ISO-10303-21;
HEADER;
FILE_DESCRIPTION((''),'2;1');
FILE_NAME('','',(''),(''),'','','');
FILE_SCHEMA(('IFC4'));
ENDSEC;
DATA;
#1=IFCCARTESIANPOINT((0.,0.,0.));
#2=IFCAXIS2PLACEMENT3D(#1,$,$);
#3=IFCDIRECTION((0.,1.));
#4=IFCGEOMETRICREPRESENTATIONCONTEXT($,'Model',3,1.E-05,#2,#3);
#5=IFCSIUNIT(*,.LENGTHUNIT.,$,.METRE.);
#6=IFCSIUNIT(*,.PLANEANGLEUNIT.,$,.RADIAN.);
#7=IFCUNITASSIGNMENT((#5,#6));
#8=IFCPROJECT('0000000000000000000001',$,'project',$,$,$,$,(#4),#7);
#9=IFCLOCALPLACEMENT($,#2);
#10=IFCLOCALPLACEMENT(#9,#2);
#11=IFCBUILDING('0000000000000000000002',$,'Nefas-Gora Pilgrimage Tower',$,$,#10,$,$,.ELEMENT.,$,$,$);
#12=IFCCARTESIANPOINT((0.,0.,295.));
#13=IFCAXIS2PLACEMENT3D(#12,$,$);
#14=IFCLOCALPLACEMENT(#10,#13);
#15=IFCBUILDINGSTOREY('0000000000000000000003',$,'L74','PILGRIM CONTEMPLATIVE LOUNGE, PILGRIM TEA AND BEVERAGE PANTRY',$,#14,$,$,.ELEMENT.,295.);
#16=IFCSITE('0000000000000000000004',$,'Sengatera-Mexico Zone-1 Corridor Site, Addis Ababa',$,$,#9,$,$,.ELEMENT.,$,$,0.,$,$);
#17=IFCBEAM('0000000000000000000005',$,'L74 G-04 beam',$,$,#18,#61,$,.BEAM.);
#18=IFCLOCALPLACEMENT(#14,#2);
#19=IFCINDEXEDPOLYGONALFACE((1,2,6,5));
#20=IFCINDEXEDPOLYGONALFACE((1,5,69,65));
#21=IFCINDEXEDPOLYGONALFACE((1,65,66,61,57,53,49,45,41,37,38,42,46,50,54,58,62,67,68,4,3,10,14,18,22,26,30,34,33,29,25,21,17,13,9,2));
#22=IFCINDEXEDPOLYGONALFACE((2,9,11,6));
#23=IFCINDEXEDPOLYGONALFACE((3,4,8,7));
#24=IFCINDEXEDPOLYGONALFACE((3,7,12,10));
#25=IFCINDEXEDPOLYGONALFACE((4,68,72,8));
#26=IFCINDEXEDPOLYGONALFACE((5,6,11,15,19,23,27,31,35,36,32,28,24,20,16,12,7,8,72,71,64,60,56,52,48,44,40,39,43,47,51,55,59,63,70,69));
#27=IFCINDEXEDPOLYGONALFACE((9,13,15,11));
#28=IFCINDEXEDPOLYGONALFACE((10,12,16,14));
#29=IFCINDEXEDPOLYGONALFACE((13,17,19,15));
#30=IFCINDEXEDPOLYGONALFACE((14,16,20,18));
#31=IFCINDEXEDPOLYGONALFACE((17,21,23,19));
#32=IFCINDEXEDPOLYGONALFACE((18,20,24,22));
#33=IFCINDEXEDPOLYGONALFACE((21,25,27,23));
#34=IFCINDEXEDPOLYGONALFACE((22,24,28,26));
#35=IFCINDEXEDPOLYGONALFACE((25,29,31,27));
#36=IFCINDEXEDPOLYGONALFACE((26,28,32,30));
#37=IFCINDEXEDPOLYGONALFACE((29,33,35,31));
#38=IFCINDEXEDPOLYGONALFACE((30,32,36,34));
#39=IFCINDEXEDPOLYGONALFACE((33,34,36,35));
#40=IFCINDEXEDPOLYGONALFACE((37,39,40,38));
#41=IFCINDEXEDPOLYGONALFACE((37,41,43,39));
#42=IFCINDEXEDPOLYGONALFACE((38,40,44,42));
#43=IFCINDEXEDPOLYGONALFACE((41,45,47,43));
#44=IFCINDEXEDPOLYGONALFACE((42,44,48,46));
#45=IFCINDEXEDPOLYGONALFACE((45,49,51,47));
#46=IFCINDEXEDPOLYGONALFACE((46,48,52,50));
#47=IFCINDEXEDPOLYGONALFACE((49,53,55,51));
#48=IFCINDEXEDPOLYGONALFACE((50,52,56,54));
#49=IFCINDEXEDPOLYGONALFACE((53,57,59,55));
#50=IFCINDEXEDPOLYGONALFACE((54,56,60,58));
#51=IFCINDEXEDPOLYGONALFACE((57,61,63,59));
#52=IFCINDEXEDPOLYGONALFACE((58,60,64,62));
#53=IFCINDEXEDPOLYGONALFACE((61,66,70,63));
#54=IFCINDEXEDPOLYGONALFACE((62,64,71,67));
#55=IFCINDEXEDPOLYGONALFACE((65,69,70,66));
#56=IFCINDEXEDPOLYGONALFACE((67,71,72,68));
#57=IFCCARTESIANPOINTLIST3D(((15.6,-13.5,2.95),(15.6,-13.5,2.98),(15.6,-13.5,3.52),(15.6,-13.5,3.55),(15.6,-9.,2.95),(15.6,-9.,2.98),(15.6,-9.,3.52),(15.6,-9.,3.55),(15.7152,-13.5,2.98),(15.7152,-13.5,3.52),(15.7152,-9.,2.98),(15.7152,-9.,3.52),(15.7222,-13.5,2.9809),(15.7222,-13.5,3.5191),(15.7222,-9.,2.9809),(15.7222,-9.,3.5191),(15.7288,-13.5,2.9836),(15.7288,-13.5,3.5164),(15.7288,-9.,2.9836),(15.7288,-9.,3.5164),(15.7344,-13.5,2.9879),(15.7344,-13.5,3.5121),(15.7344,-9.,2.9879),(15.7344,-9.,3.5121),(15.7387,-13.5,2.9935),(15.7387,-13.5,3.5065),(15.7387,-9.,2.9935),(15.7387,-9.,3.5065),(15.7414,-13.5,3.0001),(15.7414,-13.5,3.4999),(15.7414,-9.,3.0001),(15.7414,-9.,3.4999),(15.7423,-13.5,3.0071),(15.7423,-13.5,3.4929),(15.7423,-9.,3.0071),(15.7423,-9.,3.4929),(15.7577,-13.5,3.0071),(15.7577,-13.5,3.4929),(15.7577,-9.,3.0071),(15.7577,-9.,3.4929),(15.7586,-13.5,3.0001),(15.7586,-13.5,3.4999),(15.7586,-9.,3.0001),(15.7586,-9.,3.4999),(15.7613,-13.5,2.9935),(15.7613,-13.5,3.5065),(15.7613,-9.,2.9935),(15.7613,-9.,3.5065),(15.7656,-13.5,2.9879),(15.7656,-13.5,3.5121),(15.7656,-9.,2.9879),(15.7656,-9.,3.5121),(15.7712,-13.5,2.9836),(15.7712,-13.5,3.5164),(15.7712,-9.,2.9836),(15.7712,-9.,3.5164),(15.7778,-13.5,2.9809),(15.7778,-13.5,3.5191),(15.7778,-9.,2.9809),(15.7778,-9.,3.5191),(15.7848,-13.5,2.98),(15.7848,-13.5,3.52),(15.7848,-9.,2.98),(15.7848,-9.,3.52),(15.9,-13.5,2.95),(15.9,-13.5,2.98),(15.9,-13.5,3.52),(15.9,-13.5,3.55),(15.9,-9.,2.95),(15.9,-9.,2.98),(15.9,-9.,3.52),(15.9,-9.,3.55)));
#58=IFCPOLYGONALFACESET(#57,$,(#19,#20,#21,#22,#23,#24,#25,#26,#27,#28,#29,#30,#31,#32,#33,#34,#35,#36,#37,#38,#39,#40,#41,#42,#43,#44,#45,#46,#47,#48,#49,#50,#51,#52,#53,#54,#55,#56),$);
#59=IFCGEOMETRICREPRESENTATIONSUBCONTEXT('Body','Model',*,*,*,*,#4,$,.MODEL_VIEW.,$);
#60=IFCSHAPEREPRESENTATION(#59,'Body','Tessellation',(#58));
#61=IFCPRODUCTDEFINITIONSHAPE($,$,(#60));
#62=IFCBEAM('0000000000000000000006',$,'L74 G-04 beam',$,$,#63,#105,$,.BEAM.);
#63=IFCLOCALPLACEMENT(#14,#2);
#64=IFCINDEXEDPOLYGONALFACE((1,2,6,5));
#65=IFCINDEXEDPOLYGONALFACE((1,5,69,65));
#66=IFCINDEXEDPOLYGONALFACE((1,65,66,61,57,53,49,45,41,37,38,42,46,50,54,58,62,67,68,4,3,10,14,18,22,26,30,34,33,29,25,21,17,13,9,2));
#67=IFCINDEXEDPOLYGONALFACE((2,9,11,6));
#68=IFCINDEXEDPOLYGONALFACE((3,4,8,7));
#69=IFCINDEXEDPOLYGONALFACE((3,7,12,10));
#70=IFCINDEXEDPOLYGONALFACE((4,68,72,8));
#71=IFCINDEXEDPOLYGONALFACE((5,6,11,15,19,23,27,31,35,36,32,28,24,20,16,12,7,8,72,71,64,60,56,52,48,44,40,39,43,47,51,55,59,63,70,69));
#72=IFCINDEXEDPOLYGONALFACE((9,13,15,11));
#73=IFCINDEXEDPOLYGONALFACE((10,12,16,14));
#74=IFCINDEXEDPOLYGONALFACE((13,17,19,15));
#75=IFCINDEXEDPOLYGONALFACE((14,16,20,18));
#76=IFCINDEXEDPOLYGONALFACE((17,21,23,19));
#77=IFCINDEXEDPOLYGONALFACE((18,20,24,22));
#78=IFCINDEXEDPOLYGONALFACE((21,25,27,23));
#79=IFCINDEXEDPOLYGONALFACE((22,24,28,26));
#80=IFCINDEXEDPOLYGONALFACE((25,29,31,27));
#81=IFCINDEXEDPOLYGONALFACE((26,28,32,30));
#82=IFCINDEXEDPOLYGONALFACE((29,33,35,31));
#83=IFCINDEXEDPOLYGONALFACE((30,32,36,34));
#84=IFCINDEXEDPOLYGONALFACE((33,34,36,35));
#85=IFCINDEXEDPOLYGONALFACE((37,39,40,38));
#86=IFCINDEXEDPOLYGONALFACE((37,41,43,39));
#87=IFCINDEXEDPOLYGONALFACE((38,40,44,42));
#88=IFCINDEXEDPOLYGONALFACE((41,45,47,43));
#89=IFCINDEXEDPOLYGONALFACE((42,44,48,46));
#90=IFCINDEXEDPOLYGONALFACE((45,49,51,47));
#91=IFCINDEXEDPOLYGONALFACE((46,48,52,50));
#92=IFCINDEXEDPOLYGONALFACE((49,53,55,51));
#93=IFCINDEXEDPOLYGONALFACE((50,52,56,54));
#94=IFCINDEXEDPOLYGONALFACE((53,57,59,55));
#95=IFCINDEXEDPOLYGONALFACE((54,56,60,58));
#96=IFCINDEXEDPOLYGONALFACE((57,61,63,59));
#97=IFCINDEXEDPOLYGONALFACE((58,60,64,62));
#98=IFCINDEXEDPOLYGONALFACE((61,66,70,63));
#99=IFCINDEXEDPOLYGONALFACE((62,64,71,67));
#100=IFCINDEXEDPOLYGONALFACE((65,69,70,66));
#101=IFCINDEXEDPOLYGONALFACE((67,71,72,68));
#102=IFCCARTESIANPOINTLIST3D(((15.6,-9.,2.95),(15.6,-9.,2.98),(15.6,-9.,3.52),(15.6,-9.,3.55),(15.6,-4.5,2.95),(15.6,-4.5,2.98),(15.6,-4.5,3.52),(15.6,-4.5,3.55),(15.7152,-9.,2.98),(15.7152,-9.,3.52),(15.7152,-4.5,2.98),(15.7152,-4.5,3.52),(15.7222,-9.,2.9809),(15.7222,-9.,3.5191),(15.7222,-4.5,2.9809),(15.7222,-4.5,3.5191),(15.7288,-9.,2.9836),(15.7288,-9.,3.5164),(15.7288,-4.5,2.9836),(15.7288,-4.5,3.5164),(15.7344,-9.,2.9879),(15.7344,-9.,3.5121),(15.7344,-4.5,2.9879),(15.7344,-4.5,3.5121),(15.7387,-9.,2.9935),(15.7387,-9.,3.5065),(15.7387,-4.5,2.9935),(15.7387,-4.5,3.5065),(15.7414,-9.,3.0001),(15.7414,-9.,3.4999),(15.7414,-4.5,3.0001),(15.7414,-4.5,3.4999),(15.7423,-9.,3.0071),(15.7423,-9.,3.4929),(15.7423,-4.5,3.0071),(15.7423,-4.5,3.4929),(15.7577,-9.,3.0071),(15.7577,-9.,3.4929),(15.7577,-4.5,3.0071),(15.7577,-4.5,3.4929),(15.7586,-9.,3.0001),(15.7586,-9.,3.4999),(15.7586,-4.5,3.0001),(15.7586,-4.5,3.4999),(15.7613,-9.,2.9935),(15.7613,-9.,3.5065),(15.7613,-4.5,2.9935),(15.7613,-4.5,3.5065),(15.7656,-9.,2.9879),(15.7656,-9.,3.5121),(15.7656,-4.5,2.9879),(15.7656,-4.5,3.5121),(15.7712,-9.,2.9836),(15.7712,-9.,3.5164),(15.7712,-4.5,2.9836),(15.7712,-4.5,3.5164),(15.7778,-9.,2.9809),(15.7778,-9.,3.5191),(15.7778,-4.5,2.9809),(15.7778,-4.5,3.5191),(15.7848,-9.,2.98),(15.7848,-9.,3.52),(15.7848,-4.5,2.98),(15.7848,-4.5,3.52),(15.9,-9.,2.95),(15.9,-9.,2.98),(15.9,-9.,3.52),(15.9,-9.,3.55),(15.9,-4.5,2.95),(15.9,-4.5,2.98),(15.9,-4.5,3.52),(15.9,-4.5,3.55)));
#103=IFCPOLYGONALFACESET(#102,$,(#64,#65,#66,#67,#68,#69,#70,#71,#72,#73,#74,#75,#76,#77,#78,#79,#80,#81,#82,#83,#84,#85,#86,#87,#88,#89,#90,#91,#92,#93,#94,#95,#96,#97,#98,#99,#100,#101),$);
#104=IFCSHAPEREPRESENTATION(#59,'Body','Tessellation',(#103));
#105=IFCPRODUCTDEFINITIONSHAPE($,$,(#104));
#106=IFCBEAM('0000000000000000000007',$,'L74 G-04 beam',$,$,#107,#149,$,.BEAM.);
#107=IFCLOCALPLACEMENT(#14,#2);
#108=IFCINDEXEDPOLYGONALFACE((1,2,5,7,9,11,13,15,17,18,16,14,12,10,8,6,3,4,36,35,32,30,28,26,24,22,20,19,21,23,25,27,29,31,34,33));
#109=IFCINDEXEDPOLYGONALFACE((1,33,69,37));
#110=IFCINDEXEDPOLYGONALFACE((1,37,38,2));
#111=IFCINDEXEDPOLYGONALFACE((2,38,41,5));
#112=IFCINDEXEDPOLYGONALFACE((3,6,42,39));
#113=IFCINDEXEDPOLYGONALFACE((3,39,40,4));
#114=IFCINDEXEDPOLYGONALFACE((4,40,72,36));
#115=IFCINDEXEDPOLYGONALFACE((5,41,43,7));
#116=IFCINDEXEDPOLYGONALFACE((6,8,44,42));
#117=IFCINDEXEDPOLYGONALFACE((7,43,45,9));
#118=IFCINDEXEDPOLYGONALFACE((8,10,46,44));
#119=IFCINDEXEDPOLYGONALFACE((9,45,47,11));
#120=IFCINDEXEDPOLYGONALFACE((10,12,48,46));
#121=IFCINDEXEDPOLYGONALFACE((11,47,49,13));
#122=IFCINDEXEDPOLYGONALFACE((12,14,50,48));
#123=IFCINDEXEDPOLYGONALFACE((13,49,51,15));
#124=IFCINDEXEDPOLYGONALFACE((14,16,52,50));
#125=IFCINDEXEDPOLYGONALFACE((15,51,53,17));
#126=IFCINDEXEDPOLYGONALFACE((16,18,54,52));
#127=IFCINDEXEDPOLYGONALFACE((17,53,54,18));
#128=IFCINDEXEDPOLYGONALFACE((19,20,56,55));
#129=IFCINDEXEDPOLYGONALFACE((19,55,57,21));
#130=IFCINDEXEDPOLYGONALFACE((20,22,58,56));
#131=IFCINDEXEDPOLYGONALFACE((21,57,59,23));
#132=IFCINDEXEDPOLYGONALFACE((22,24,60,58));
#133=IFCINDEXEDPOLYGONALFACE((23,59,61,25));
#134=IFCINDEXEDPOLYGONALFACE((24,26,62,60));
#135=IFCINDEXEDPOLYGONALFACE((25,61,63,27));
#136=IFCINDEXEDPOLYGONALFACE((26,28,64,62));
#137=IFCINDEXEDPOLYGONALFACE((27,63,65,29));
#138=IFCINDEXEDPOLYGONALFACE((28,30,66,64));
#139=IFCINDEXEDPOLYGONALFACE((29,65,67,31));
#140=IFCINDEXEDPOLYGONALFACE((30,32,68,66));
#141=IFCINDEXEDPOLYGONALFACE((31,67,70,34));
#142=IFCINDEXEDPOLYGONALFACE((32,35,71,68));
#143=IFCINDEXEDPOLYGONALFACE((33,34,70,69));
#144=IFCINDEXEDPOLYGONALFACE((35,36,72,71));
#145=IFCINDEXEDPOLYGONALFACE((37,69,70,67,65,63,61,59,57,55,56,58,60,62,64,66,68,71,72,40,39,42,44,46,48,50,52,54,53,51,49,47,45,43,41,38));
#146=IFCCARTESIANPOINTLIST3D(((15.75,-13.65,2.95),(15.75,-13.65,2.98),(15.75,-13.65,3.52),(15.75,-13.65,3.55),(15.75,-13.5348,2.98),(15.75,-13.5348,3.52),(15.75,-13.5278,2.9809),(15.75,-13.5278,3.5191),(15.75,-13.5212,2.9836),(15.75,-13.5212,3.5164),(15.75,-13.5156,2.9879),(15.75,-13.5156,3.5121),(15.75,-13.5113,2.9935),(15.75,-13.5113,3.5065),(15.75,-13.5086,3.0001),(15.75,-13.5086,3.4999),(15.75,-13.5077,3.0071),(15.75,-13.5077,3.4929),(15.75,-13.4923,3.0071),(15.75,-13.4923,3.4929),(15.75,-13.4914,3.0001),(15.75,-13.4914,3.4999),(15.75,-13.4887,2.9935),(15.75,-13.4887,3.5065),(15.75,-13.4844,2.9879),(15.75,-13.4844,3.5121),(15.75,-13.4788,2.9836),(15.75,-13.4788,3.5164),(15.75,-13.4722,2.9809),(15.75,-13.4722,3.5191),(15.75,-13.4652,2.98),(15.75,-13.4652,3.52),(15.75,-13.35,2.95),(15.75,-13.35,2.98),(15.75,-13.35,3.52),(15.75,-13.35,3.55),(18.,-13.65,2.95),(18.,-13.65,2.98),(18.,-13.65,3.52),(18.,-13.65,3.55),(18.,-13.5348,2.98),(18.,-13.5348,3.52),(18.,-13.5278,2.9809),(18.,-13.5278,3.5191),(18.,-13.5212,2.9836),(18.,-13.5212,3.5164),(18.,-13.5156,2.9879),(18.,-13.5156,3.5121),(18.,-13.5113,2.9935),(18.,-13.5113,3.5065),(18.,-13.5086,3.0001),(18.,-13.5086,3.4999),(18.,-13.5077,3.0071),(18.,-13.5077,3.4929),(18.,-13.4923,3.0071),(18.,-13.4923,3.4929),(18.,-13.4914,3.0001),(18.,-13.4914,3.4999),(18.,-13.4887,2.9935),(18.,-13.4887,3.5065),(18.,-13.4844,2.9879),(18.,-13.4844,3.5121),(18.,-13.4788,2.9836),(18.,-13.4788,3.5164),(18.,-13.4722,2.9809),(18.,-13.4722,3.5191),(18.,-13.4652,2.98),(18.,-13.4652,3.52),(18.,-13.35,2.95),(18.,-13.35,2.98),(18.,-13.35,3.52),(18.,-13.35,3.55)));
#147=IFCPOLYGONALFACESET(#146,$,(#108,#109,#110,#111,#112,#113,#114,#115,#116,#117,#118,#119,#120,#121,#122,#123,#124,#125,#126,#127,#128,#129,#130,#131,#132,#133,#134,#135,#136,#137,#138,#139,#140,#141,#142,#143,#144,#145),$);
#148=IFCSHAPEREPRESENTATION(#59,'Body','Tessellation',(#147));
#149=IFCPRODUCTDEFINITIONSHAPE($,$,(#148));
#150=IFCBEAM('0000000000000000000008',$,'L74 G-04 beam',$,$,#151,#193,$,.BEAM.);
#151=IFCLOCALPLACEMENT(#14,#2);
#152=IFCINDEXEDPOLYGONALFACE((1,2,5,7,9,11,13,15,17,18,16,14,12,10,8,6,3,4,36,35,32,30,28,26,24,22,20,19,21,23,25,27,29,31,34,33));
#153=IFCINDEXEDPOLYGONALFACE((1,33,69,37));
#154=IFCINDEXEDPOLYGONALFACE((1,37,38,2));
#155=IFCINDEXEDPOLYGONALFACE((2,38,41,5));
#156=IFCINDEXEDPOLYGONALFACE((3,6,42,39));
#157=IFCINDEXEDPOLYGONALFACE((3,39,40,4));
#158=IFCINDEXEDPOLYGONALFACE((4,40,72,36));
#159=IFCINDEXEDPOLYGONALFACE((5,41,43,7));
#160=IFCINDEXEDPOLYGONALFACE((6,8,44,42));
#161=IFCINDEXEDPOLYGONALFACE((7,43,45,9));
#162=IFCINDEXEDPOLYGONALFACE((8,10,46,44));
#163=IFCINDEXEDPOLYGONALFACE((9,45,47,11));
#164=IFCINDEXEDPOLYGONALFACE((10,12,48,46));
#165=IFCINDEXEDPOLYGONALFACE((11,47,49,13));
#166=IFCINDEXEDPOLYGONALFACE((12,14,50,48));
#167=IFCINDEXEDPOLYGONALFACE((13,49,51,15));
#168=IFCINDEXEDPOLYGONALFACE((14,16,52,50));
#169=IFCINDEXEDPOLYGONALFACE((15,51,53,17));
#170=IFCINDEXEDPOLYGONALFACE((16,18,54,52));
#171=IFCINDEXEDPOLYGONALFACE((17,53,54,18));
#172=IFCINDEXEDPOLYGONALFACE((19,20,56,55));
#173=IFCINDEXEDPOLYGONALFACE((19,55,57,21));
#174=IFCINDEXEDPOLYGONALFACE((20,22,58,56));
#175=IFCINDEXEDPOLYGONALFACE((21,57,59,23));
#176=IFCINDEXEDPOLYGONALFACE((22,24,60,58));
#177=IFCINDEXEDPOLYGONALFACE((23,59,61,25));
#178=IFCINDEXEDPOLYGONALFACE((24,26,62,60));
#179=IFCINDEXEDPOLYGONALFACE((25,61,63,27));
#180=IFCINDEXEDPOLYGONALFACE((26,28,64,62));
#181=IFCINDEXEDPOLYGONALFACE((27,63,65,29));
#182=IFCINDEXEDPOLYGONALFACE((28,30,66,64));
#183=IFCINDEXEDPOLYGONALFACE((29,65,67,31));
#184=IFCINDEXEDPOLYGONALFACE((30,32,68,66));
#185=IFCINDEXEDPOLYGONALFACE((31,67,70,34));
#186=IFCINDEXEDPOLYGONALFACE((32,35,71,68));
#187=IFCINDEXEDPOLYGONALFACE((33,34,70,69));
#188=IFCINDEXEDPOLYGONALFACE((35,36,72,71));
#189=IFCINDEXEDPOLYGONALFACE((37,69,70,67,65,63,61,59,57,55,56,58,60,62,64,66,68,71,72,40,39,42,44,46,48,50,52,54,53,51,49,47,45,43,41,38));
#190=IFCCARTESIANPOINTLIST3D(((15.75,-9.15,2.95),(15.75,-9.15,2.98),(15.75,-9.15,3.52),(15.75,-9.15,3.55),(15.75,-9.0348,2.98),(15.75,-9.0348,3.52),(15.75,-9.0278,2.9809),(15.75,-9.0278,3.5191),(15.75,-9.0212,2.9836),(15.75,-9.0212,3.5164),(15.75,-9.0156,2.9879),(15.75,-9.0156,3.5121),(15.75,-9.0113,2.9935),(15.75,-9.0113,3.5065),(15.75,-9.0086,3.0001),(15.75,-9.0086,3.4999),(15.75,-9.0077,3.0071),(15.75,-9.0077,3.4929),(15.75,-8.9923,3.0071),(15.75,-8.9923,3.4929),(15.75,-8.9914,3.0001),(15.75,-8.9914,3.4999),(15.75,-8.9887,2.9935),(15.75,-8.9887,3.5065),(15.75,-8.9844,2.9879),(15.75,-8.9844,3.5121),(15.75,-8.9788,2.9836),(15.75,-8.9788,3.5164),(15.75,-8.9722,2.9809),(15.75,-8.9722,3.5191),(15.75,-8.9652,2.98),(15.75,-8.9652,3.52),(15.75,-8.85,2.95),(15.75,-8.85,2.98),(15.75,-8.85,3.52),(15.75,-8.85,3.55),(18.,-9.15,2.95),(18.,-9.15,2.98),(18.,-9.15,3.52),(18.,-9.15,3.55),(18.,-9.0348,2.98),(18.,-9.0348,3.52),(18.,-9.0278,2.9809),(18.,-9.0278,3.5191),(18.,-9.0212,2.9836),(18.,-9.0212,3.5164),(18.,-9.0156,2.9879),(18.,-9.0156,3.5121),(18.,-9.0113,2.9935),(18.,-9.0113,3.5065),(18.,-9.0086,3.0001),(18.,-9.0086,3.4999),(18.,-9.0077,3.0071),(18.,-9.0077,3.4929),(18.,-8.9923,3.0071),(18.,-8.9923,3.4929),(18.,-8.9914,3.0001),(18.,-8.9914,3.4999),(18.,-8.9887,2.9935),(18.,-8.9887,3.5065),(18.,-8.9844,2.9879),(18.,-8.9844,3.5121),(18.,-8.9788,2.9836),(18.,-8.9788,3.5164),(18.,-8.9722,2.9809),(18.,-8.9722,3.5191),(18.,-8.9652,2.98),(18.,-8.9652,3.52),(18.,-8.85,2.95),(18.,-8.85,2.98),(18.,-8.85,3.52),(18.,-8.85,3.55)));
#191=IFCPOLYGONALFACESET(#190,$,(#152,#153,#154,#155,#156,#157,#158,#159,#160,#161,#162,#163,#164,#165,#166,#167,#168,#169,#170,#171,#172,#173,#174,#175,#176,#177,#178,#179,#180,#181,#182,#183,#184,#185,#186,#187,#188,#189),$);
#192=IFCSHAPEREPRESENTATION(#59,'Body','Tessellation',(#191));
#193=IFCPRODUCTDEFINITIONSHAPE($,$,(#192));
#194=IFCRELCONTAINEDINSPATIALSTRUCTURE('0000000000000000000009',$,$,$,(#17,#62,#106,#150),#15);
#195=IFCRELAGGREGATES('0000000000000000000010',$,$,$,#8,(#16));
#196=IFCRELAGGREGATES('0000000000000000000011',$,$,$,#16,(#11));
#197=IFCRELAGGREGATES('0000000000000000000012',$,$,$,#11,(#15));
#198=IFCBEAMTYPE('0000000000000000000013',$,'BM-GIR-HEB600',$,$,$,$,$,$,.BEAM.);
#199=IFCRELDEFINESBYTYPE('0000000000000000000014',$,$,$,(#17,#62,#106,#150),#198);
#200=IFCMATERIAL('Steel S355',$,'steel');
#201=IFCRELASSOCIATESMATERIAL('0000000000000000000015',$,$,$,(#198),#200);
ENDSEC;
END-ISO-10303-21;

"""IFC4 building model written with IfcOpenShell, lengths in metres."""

from ifc_helpers import new_model, si_unit, direction, frame, origin, origin_2d, place, context, subcontext, project, spatial, i_section, extrude, source, transform, mapped, material, material_profile, profile_set, type_object, element, save


model = new_model("IFC4")

# Units and contexts
model_context = context("Model", 3, precision=1e-05, world=origin(), true_north=direction((0.0, 1.0)))
body_context = subcontext(model_context, "Body", "Model", "MODEL_VIEW")
ifc_project = project(units=[si_unit("LENGTHUNIT", "METRE"), si_unit("PLANEANGLEUNIT", "RADIAN")], contexts=[model_context])

# Site, building, storey
site_placement = place(None, origin())
site = spatial("IfcSite", under=ifc_project, at=site_placement, Name="Sengatera-Mexico Zone-1 Corridor Site, Addis Ababa", CompositionType="ELEMENT", RefElevation=0.0)
building_placement = place(site_placement, origin())
building = spatial("IfcBuilding", under=site, at=building_placement, Name="Nefas-Gora Pilgrimage Tower", CompositionType="ELEMENT")
storey_placement = place(building_placement, frame((0.0, 0.0, 295.0)))
storey = spatial("IfcBuildingStorey", under=building, at=storey_placement, Name="L74", Description="PILGRIM CONTEMPLATIVE LOUNGE, PILGRIM TEA AND BEVERAGE PANTRY", CompositionType="ELEMENT", Elevation=295.0)

# Shared definitions
ifc_material_1 = material(Name="Steel S355", Category="steel")

# Beams
ifc_material_profile_1 = material_profile(ifc_material_1, i_section(OverallWidth=0.3, OverallDepth=0.6001, WebThickness=0.0154, FlangeThickness=0.03, FilletRadius=0.0271, at=origin_2d()), Name="HEB 600")
ifc_profile_set_1 = profile_set([ifc_material_profile_1], Name="Steel S355")
beam_type_1 = type_object("IfcBeamType", Name="BM-GIR-HEB600", PredefinedType="BEAM", material=ifc_profile_set_1)
shared_shape_1 = source(origin(), body_context, "Body", "SweptSolid", [
    extrude(i_section(OverallWidth=0.3, OverallDepth=0.6001, WebThickness=0.0154, FlangeThickness=0.03, FilletRadius=0.0271, at=origin_2d()), origin(), (0.0, 0.0, 1.0), 4.5),
])
for number, where, z_axis, x_axis, name in (
    (1, (15.75, -13.5, 3.25), (0.0, 1.0, 0.0), (-1.0, 0.0, 0.0), "L74 G-04 beam"),
    (2, (15.75, -9.0, 3.25), (0.0, 1.0, 0.0), (-1.0, 0.0, 0.0), "L74 G-04 beam"),
):
    element("IfcBeam", number, at=place(storey_placement, frame(where, z_axis=z_axis, x_axis=x_axis)), inside=storey, type_object=beam_type_1, Name=name, PredefinedType="BEAM", context=body_context, shape_type="MappedRepresentation", body=[
        mapped(shared_shape_1, transform((0.0, 0.0, 0.0), x_axis=(1.0, 0.0, 0.0), y_axis=(0.0, 1.0, 0.0), z_axis=(0.0, 0.0, 1.0), scale=1.0)),
    ])
shared_shape_2 = source(origin(), body_context, "Body", "SweptSolid", [
    extrude(i_section(OverallWidth=0.3, OverallDepth=0.6001, WebThickness=0.0154, FlangeThickness=0.03, FilletRadius=0.0271, at=origin_2d()), origin(), (0.0, 0.0, 1.0), 2.25),
])
for number, where, z_axis, x_axis, name in (
    (3, (15.75, -13.5, 3.25), (1.0, 0.0, 0.0), (0.0, 1.0, 0.0), "L74 G-04 beam"),
    (4, (15.75, -9.0, 3.25), (1.0, 0.0, 0.0), (0.0, 1.0, 0.0), "L74 G-04 beam"),
):
    element("IfcBeam", number, at=place(storey_placement, frame(where, z_axis=z_axis, x_axis=x_axis)), inside=storey, type_object=beam_type_1, Name=name, PredefinedType="BEAM", context=body_context, shape_type="MappedRepresentation", body=[
        mapped(shared_shape_2, transform((0.0, 0.0, 0.0), x_axis=(1.0, 0.0, 0.0), y_axis=(0.0, 1.0, 0.0), z_axis=(0.0, 0.0, 1.0), scale=1.0)),
    ])

save(model, "model.ifc")
